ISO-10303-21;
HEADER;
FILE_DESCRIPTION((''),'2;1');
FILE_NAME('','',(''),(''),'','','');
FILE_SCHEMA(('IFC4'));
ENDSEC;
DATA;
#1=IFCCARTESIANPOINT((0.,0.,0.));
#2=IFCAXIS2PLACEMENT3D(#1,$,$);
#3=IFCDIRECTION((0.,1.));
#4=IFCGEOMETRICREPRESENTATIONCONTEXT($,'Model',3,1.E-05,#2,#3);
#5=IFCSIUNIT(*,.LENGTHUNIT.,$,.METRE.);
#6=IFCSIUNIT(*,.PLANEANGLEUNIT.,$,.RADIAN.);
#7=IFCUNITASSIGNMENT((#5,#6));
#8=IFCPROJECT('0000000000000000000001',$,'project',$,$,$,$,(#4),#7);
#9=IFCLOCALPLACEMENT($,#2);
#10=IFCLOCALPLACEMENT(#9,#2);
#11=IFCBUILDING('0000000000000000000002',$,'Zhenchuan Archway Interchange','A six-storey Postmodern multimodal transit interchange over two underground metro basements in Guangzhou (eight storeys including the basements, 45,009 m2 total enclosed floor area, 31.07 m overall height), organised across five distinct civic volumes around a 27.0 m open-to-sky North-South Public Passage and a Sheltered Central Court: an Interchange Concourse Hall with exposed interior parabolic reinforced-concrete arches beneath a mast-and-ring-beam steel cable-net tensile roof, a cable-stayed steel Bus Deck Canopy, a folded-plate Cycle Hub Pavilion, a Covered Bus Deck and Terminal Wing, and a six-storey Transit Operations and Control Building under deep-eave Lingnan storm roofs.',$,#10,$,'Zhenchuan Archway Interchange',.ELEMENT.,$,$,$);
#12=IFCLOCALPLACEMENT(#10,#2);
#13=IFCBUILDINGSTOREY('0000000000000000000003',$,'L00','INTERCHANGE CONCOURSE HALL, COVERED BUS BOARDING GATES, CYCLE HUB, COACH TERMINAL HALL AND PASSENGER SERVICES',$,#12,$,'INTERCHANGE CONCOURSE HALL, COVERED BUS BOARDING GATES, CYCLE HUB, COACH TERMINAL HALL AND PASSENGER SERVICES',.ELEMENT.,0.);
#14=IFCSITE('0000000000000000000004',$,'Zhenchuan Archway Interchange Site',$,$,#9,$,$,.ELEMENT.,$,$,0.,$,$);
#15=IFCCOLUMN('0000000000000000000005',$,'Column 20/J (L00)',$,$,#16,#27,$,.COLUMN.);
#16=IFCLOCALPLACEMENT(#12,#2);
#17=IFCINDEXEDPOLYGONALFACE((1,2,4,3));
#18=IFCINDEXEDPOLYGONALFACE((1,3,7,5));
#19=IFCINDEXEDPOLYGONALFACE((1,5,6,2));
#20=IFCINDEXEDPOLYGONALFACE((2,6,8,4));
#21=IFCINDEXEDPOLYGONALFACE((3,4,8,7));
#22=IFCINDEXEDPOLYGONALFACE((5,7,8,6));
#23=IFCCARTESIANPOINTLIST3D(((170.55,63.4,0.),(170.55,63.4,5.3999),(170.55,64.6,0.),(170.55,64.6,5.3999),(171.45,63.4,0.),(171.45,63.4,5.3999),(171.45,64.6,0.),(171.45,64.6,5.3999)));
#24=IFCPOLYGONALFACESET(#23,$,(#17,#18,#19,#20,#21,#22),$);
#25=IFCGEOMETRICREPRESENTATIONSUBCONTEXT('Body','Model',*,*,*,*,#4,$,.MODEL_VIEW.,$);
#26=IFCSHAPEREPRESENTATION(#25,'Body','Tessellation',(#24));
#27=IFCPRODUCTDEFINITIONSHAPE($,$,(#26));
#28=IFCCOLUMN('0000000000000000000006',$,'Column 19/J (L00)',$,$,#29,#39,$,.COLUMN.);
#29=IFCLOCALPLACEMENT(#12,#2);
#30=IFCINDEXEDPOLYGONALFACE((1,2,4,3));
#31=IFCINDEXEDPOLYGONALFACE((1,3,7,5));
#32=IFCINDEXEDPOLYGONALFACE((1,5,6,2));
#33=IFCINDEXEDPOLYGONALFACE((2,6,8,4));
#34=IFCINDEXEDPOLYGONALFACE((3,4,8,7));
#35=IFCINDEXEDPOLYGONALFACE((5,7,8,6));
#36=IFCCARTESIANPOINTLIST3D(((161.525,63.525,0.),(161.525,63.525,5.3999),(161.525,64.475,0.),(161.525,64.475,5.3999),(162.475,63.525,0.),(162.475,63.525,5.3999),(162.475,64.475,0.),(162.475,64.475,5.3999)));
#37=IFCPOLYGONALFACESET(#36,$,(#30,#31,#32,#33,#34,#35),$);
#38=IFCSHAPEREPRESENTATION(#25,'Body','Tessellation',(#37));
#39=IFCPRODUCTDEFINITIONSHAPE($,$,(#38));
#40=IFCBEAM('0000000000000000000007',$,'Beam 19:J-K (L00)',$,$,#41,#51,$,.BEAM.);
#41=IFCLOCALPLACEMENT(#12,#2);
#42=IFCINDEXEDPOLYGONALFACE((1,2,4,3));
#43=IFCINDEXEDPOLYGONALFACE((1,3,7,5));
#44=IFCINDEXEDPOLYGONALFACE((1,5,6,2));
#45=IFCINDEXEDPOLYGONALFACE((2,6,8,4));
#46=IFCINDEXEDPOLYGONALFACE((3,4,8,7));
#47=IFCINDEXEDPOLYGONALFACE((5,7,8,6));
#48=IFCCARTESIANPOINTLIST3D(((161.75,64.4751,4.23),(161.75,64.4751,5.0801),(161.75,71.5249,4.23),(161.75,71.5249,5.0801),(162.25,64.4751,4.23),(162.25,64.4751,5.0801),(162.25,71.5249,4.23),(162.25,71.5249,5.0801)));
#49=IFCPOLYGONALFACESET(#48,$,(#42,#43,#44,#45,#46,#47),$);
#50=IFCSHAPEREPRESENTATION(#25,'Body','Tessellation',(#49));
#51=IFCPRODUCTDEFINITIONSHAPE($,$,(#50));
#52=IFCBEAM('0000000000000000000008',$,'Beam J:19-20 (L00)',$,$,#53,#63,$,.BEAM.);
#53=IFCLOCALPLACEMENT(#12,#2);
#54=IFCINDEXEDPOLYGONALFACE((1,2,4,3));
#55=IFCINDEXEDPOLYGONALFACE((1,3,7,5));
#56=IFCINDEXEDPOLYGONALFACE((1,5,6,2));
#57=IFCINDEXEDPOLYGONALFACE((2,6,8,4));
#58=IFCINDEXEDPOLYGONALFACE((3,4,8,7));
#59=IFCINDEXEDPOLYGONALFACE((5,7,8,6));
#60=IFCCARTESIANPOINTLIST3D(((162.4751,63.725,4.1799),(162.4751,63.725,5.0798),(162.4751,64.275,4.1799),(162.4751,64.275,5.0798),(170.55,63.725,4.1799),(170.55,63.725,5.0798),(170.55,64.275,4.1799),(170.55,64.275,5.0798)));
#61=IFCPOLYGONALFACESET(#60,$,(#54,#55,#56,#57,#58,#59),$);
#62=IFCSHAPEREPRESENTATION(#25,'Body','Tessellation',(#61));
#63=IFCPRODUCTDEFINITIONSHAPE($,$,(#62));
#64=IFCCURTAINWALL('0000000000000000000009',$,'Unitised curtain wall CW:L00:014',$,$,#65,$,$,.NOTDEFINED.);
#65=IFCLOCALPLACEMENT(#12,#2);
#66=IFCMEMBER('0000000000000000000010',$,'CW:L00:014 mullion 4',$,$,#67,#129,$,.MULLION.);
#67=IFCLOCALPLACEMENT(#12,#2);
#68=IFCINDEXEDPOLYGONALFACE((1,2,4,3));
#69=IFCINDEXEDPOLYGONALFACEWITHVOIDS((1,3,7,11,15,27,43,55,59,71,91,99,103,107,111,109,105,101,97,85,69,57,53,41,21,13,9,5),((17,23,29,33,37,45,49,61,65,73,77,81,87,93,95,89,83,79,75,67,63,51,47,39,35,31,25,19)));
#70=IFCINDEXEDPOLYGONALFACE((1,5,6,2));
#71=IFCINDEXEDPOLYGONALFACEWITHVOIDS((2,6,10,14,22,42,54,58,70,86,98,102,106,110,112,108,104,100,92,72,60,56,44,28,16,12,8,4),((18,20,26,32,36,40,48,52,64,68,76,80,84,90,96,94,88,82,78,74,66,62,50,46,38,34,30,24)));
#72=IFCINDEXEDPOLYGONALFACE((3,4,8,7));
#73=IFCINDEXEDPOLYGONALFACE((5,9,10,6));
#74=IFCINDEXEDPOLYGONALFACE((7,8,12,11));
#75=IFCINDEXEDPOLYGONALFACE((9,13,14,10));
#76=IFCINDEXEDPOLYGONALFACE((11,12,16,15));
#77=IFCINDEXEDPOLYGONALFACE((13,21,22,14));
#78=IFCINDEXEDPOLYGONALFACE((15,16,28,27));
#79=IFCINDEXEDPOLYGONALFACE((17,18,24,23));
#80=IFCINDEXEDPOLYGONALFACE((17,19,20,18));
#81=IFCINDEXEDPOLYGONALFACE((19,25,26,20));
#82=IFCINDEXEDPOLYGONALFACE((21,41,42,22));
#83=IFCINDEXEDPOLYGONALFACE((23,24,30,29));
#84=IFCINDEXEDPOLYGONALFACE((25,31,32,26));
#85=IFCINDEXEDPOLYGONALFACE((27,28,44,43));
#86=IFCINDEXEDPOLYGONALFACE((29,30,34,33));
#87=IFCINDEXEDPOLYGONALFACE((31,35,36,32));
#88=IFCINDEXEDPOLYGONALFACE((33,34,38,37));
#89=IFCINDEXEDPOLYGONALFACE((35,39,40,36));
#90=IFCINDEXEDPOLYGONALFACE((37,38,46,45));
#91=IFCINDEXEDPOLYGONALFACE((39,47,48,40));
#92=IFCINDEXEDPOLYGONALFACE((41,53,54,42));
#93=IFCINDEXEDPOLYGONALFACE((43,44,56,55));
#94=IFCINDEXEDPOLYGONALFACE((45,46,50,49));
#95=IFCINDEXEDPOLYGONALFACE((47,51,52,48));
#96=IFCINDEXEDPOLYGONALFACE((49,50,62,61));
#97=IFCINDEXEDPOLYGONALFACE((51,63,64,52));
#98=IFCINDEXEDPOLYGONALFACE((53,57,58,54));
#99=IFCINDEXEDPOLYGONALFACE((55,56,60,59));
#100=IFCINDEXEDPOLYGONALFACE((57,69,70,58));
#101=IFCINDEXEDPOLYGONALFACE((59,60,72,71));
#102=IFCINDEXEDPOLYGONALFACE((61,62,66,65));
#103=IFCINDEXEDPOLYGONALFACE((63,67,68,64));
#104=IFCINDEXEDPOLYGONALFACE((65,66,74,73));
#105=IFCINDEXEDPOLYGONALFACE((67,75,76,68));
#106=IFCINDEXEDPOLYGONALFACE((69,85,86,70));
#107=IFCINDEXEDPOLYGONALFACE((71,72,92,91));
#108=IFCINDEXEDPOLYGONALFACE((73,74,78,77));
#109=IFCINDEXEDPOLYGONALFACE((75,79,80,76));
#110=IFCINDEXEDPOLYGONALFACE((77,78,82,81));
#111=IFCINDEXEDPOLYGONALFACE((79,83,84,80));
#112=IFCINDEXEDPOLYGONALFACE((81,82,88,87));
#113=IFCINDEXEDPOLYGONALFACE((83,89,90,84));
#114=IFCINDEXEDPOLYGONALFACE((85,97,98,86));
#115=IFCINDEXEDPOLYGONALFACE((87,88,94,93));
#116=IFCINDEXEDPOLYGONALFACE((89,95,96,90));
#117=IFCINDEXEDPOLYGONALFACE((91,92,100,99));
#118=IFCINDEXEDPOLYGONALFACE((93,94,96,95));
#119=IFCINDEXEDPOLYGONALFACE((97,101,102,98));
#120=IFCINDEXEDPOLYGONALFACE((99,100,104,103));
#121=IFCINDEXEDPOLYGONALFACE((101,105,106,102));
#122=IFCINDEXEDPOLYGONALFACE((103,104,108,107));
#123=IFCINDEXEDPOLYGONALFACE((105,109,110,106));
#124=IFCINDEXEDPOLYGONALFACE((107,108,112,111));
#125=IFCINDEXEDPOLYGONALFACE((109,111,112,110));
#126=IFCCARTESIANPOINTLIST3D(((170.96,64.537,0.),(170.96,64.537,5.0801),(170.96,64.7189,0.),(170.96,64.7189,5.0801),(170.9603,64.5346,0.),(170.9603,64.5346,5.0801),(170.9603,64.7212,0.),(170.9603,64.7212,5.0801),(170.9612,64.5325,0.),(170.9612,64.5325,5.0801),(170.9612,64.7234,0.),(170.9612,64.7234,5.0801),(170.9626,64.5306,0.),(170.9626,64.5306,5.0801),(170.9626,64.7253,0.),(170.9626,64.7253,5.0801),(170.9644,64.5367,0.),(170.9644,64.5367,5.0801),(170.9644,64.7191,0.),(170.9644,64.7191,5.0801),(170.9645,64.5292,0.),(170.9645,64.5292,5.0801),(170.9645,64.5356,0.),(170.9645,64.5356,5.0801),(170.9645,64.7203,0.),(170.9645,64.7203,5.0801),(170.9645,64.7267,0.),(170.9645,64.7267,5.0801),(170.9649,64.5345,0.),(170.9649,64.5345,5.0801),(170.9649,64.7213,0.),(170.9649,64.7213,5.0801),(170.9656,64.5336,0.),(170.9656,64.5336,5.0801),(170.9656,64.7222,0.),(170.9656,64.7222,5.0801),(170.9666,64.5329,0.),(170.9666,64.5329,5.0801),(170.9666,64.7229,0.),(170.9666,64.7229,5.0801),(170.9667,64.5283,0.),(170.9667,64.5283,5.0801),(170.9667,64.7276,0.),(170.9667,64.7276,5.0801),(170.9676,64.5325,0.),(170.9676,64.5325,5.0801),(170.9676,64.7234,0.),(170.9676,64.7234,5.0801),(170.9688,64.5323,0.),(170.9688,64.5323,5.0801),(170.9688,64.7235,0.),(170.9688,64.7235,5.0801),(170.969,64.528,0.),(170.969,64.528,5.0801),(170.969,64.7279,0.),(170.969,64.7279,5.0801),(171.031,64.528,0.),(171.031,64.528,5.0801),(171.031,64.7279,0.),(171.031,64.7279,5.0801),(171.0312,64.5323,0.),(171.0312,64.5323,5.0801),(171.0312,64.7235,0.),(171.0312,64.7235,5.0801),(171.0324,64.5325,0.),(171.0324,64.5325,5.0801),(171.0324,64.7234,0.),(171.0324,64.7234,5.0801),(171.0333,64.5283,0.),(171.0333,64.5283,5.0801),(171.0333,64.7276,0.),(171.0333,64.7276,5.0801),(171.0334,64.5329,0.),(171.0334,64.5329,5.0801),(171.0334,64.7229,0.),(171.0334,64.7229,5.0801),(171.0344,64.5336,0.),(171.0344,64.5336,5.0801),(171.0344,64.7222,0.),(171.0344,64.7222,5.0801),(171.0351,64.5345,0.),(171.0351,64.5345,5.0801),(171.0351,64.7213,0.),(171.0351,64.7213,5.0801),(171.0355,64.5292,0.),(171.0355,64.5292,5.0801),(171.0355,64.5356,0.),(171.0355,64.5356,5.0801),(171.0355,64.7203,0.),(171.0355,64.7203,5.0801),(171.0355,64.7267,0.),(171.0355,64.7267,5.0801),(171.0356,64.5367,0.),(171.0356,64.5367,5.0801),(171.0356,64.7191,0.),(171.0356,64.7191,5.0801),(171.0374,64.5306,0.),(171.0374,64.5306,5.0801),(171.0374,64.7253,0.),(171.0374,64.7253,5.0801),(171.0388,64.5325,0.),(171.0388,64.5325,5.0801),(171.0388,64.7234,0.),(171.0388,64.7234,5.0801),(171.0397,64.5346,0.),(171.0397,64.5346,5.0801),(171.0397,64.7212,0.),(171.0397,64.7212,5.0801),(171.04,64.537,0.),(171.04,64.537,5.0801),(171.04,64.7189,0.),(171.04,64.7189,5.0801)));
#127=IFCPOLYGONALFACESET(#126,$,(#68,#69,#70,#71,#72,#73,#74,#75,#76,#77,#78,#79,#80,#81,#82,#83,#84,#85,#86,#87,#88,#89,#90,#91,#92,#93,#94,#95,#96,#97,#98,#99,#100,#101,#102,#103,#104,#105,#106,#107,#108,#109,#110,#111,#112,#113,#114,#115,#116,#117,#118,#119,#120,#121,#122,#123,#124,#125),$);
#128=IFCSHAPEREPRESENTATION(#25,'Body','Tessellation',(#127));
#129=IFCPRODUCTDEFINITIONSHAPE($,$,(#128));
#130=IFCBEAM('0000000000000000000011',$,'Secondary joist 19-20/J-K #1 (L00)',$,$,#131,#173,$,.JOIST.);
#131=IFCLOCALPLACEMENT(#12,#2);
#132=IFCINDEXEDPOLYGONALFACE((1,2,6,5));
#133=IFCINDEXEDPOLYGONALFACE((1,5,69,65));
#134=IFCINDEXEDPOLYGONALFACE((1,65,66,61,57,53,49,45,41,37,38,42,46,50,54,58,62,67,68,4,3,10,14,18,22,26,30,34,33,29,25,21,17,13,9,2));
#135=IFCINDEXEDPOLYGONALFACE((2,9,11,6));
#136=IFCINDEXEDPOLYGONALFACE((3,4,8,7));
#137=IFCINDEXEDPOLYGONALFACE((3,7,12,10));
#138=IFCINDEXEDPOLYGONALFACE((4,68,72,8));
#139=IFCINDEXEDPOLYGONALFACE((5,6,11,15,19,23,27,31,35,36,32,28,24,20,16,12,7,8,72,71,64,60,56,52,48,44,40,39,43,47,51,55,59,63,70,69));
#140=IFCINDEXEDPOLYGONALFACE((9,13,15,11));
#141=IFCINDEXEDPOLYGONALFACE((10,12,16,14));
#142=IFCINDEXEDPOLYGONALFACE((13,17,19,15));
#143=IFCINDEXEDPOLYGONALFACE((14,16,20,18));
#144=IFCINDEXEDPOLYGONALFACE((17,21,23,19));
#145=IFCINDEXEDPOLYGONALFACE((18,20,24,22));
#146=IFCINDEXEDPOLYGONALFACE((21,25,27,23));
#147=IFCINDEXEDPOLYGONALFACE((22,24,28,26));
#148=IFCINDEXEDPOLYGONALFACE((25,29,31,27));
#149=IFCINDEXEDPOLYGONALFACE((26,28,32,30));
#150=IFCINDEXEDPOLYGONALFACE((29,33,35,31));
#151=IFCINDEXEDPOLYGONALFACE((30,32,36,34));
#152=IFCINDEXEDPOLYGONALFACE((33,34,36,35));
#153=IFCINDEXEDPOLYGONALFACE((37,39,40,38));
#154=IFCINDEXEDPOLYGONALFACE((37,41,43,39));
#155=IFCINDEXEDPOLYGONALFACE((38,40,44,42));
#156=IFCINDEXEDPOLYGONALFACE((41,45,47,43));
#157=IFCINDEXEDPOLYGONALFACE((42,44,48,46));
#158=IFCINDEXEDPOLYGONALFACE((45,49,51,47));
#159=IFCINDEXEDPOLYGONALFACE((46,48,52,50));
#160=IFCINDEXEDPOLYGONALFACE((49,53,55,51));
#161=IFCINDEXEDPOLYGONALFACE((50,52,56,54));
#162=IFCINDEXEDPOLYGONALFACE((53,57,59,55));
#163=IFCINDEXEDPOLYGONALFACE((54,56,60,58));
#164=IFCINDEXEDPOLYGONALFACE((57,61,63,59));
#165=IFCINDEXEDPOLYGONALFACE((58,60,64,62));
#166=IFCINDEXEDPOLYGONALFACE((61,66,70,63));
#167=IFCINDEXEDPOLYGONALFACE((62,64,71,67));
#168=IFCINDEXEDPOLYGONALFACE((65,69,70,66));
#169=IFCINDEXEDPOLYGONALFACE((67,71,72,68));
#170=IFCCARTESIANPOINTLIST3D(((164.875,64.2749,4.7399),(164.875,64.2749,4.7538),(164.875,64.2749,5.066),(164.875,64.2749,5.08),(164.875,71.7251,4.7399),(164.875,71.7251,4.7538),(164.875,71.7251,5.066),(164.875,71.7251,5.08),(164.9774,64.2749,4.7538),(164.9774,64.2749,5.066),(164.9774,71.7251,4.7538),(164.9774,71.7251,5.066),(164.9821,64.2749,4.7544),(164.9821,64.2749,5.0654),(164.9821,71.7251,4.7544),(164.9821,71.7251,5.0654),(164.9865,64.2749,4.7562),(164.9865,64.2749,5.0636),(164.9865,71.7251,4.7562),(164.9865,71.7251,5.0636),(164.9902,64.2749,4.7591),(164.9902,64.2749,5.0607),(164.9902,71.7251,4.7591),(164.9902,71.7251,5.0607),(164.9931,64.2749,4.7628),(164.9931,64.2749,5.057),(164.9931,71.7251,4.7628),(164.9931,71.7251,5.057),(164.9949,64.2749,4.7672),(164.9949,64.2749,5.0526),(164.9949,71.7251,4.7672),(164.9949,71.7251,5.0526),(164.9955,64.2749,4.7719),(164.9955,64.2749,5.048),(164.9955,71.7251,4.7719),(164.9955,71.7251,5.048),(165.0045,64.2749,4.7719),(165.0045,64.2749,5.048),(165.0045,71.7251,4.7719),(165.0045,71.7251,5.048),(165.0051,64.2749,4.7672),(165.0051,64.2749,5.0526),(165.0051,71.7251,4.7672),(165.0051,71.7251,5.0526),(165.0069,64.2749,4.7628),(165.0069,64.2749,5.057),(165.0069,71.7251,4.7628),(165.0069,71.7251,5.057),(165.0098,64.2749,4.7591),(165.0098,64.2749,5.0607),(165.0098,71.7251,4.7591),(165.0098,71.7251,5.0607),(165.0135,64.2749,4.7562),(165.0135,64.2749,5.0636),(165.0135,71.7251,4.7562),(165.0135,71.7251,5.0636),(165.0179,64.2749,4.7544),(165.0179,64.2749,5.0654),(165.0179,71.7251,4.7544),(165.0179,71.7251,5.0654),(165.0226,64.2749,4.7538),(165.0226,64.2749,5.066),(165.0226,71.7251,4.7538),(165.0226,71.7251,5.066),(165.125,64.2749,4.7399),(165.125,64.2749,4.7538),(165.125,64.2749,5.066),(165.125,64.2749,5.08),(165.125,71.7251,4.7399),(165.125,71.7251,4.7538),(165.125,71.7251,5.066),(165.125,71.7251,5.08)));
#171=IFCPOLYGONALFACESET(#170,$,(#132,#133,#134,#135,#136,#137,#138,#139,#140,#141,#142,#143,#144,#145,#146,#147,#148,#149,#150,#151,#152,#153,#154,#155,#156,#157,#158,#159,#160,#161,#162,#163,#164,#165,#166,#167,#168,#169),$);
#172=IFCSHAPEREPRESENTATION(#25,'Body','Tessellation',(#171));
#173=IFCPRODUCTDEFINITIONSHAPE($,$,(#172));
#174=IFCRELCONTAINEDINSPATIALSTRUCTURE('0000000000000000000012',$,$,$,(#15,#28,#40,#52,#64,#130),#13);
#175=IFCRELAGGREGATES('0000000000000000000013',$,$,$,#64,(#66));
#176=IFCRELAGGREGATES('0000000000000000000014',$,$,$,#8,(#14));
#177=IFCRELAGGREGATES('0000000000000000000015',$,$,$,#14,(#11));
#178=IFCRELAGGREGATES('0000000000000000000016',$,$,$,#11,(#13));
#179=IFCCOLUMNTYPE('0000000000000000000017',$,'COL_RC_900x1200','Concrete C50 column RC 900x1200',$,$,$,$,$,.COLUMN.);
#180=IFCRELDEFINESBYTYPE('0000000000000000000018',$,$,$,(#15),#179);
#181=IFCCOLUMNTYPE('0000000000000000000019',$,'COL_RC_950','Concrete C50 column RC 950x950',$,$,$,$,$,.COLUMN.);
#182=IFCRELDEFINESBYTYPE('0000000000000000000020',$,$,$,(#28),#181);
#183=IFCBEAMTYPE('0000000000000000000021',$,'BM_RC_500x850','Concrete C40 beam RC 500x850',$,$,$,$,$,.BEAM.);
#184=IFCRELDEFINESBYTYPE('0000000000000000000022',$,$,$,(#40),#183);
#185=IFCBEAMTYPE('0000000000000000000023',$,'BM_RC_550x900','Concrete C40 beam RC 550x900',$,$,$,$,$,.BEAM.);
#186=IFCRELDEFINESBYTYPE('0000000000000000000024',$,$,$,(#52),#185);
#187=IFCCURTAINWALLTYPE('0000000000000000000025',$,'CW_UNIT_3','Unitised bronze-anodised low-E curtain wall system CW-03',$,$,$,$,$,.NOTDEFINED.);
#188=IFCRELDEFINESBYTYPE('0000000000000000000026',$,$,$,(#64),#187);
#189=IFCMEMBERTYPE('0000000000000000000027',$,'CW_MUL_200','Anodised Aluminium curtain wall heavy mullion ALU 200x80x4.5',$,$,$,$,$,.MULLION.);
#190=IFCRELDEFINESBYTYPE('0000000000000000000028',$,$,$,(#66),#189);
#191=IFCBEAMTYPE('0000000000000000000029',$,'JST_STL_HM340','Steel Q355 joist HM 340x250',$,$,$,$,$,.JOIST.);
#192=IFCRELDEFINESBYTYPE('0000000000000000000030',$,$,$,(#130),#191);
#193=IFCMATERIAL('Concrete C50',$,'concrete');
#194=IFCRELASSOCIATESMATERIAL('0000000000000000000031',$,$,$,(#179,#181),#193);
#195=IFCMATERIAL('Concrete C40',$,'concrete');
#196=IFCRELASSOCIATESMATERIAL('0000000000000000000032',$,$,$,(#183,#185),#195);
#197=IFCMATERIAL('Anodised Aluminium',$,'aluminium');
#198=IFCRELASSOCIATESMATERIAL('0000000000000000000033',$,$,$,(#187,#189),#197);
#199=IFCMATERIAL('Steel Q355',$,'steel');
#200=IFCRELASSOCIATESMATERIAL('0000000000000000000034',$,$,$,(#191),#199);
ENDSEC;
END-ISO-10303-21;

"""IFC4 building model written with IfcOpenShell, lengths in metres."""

from ifc_helpers import new_model, si_unit, direction, frame, origin, origin_2d, place, context, subcontext, project, spatial, rectangle, hollow_rectangle, i_section, extrude, material, material_profile, profile_set, type_object, element, aggregate, save


model = new_model("IFC4")

# Units and contexts
model_context = context("Model", 3, precision=1e-05, world=origin(), true_north=direction((0.0, 1.0)))
body_context = subcontext(model_context, "Body", "Model", "MODEL_VIEW")
ifc_project = project(units=[si_unit("LENGTHUNIT", "METRE"), si_unit("PLANEANGLEUNIT", "RADIAN")], contexts=[model_context])

# Site, building, storey
site_placement = place(None, origin())
site = spatial("IfcSite", under=ifc_project, at=site_placement, Name="Zhenchuan Archway Interchange Site", CompositionType="ELEMENT", RefElevation=0.0)
building_placement = place(site_placement, origin())
building = spatial("IfcBuilding", under=site, at=building_placement, Name="Zhenchuan Archway Interchange", Description="A six-storey Postmodern multimodal transit interchange over two underground metro basements in Guangzhou (eight storeys including the basements, 45,009 m2 total enclosed floor area, 31.07 m overall height), organised across five distinct civic volumes around a 27.0 m open-to-sky North-South Public Passage and a Sheltered Central Court: an Interchange Concourse Hall with exposed interior parabolic reinforced-concrete arches beneath a mast-and-ring-beam steel cable-net tensile roof, a cable-stayed steel Bus Deck Canopy, a folded-plate Cycle Hub Pavilion, a Covered Bus Deck and Terminal Wing, and a six-storey Transit Operations and Control Building under deep-eave Lingnan storm roofs.", LongName="Zhenchuan Archway Interchange", CompositionType="ELEMENT")
storey_placement = place(building_placement, origin())
storey = spatial("IfcBuildingStorey", under=building, at=storey_placement, Name="L00", Description="INTERCHANGE CONCOURSE HALL, COVERED BUS BOARDING GATES, CYCLE HUB, COACH TERMINAL HALL AND PASSENGER SERVICES", LongName="INTERCHANGE CONCOURSE HALL, COVERED BUS BOARDING GATES, CYCLE HUB, COACH TERMINAL HALL AND PASSENGER SERVICES", CompositionType="ELEMENT", Elevation=0.0)

# Columns
ifc_material_1 = material(Name="Concrete C50", Category="concrete")
ifc_material_profile_1 = material_profile(ifc_material_1, rectangle(XDim=0.8999, YDim=1.2, at=origin_2d()), Name="RC 900x1200")
ifc_profile_set_1 = profile_set([ifc_material_profile_1], Name="Concrete C50")
column_type_1 = type_object("IfcColumnType", Name="COL_RC_900x1200", Description="Concrete C50 column RC 900x1200", PredefinedType="COLUMN", material=ifc_profile_set_1)
column_1_placement = place(storey_placement, frame((171.0, 64.0, 0.0), z_axis=(0.0, 0.0, 1.0), x_axis=(1.0, 0.0, 0.0)))
element("IfcColumn", 1, at=column_1_placement, inside=storey, type_object=column_type_1, Name="Column 20/J (L00)", PredefinedType="COLUMN", context=body_context, shape_type="SweptSolid", body=[
    extrude(rectangle(XDim=0.8999, YDim=1.2, at=origin_2d()), origin(), (0.0, 0.0, 1.0), 5.3999),
])
ifc_material_profile_2 = material_profile(ifc_material_1, rectangle(XDim=0.95, YDim=0.95, at=origin_2d()), Name="RC 950x950")
ifc_profile_set_2 = profile_set([ifc_material_profile_2], Name="Concrete C50")
column_type_2 = type_object("IfcColumnType", Name="COL_RC_950", Description="Concrete C50 column RC 950x950", PredefinedType="COLUMN", material=ifc_profile_set_2)
column_2_placement = place(storey_placement, frame((162.0, 64.0, 0.0), z_axis=(0.0, 0.0, 1.0), x_axis=(1.0, 0.0, 0.0)))
element("IfcColumn", 2, at=column_2_placement, inside=storey, type_object=column_type_2, Name="Column 19/J (L00)", PredefinedType="COLUMN", context=body_context, shape_type="SweptSolid", body=[
    extrude(rectangle(XDim=0.95, YDim=0.95, at=origin_2d()), origin(), (0.0, 0.0, 1.0), 5.3999),
])

# Beams
ifc_material_2 = material(Name="Concrete C40", Category="concrete")
ifc_material_profile_3 = material_profile(ifc_material_2, rectangle(XDim=0.5, YDim=0.8501, at=origin_2d()), Name="RC 500x850")
ifc_profile_set_3 = profile_set([ifc_material_profile_3], Name="Concrete C40")
beam_type_1 = type_object("IfcBeamType", Name="BM_RC_500x850", Description="Concrete C40 beam RC 500x850", PredefinedType="BEAM", material=ifc_profile_set_3)
beam_1_placement = place(storey_placement, frame((162.0, 64.4751, 4.655), z_axis=(0.0, 1.0, 0.0), x_axis=(-1.0, 0.0, 0.0)))
element("IfcBeam", 3, at=beam_1_placement, inside=storey, type_object=beam_type_1, Name="Beam 19:J-K (L00)", PredefinedType="BEAM", context=body_context, shape_type="SweptSolid", body=[
    extrude(rectangle(XDim=0.5, YDim=0.8501, at=origin_2d()), origin(), (0.0, 0.0, 1.0), 7.0498),
])
ifc_material_profile_4 = material_profile(ifc_material_2, rectangle(XDim=0.55, YDim=0.8999, at=origin_2d()), Name="RC 550x900")
ifc_profile_set_4 = profile_set([ifc_material_profile_4], Name="Concrete C40")
beam_type_2 = type_object("IfcBeamType", Name="BM_RC_550x900", Description="Concrete C40 beam RC 550x900", PredefinedType="BEAM", material=ifc_profile_set_4)
beam_2_placement = place(storey_placement, frame((162.4751, 64.0, 4.6299), z_axis=(1.0, 0.0, 0.0), x_axis=(0.0, 1.0, 0.0)))
element("IfcBeam", 4, at=beam_2_placement, inside=storey, type_object=beam_type_2, Name="Beam J:19-20 (L00)", PredefinedType="BEAM", context=body_context, shape_type="SweptSolid", body=[
    extrude(rectangle(XDim=0.55, YDim=0.8999, at=origin_2d()), origin(), (0.0, 0.0, 1.0), 8.075),
])

# Curtain wall, member
ifc_material_3 = material(Name="Anodised Aluminium", Category="aluminium")
curtain_wall_type = type_object("IfcCurtainWallType", Name="CW_UNIT_3", Description="Unitised bronze-anodised low-E curtain wall system CW-03", PredefinedType="NOTDEFINED", material=ifc_material_3)
curtain_wall_placement = place(storey_placement, origin())
curtain_wall = element("IfcCurtainWall", 5, at=curtain_wall_placement, inside=storey, type_object=curtain_wall_type, Name="Unitised curtain wall CW:L00:014", PredefinedType="NOTDEFINED")
ifc_material_profile_5 = material_profile(ifc_material_3, hollow_rectangle(XDim=0.0801, YDim=0.2, WallThickness=0.0044, InnerFilletRadius=0.0044, OuterFilletRadius=0.009, at=origin_2d()), Name="ALU 200x80x4.5")
ifc_profile_set_5 = profile_set([ifc_material_profile_5], Name="Anodised Aluminium")
member_type = type_object("IfcMemberType", Name="CW_MUL_200", Description="Anodised Aluminium curtain wall heavy mullion ALU 200x80x4.5", PredefinedType="MULLION", material=ifc_profile_set_5)
member_placement = place(storey_placement, frame((171.0, 64.6279, 0.0), z_axis=(0.0, 0.0, 1.0), x_axis=(1.0, 0.0, 0.0)))
member = element("IfcMember", 6, at=member_placement, type_object=member_type, Name="CW:L00:014 mullion 4", PredefinedType="MULLION", context=body_context, shape_type="SweptSolid", body=[
    extrude(hollow_rectangle(XDim=0.0801, YDim=0.2, WallThickness=0.0044, InnerFilletRadius=0.0044, OuterFilletRadius=0.009, at=origin_2d()), origin(), (0.0, 0.0, 1.0), 5.0801),
])
aggregate(curtain_wall, [member])

# Beam
ifc_material_4 = material(Name="Steel Q355", Category="steel")
ifc_material_profile_6 = material_profile(ifc_material_4, i_section(OverallWidth=0.25, OverallDepth=0.3401, WebThickness=0.009, FlangeThickness=0.0139, FilletRadius=0.0181, at=origin_2d()), Name="HM 340x250")
ifc_profile_set_6 = profile_set([ifc_material_profile_6], Name="Steel Q355")
beam_type_3 = type_object("IfcBeamType", Name="JST_STL_HM340", Description="Steel Q355 joist HM 340x250", PredefinedType="JOIST", material=ifc_profile_set_6)
for number, where, z_axis, x_axis, name in (
    (7, (165.0, 64.2749, 4.9099), (0.0, 1.0, 0.0), (-1.0, 0.0, 0.0), "Secondary joist 19-20/J-K #1 (L00)"),
):
    element("IfcBeam", number, at=place(storey_placement, frame(where, z_axis=z_axis, x_axis=x_axis)), inside=storey, type_object=beam_type_3, Name=name, PredefinedType="JOIST", context=body_context, shape_type="SweptSolid", body=[
        extrude(i_section(OverallWidth=0.25, OverallDepth=0.3401, WebThickness=0.009, FlangeThickness=0.0139, FilletRadius=0.0181, at=origin_2d()), origin(), (0.0, 0.0, 1.0), 7.4502),
    ])

save(model, "model.ifc")
